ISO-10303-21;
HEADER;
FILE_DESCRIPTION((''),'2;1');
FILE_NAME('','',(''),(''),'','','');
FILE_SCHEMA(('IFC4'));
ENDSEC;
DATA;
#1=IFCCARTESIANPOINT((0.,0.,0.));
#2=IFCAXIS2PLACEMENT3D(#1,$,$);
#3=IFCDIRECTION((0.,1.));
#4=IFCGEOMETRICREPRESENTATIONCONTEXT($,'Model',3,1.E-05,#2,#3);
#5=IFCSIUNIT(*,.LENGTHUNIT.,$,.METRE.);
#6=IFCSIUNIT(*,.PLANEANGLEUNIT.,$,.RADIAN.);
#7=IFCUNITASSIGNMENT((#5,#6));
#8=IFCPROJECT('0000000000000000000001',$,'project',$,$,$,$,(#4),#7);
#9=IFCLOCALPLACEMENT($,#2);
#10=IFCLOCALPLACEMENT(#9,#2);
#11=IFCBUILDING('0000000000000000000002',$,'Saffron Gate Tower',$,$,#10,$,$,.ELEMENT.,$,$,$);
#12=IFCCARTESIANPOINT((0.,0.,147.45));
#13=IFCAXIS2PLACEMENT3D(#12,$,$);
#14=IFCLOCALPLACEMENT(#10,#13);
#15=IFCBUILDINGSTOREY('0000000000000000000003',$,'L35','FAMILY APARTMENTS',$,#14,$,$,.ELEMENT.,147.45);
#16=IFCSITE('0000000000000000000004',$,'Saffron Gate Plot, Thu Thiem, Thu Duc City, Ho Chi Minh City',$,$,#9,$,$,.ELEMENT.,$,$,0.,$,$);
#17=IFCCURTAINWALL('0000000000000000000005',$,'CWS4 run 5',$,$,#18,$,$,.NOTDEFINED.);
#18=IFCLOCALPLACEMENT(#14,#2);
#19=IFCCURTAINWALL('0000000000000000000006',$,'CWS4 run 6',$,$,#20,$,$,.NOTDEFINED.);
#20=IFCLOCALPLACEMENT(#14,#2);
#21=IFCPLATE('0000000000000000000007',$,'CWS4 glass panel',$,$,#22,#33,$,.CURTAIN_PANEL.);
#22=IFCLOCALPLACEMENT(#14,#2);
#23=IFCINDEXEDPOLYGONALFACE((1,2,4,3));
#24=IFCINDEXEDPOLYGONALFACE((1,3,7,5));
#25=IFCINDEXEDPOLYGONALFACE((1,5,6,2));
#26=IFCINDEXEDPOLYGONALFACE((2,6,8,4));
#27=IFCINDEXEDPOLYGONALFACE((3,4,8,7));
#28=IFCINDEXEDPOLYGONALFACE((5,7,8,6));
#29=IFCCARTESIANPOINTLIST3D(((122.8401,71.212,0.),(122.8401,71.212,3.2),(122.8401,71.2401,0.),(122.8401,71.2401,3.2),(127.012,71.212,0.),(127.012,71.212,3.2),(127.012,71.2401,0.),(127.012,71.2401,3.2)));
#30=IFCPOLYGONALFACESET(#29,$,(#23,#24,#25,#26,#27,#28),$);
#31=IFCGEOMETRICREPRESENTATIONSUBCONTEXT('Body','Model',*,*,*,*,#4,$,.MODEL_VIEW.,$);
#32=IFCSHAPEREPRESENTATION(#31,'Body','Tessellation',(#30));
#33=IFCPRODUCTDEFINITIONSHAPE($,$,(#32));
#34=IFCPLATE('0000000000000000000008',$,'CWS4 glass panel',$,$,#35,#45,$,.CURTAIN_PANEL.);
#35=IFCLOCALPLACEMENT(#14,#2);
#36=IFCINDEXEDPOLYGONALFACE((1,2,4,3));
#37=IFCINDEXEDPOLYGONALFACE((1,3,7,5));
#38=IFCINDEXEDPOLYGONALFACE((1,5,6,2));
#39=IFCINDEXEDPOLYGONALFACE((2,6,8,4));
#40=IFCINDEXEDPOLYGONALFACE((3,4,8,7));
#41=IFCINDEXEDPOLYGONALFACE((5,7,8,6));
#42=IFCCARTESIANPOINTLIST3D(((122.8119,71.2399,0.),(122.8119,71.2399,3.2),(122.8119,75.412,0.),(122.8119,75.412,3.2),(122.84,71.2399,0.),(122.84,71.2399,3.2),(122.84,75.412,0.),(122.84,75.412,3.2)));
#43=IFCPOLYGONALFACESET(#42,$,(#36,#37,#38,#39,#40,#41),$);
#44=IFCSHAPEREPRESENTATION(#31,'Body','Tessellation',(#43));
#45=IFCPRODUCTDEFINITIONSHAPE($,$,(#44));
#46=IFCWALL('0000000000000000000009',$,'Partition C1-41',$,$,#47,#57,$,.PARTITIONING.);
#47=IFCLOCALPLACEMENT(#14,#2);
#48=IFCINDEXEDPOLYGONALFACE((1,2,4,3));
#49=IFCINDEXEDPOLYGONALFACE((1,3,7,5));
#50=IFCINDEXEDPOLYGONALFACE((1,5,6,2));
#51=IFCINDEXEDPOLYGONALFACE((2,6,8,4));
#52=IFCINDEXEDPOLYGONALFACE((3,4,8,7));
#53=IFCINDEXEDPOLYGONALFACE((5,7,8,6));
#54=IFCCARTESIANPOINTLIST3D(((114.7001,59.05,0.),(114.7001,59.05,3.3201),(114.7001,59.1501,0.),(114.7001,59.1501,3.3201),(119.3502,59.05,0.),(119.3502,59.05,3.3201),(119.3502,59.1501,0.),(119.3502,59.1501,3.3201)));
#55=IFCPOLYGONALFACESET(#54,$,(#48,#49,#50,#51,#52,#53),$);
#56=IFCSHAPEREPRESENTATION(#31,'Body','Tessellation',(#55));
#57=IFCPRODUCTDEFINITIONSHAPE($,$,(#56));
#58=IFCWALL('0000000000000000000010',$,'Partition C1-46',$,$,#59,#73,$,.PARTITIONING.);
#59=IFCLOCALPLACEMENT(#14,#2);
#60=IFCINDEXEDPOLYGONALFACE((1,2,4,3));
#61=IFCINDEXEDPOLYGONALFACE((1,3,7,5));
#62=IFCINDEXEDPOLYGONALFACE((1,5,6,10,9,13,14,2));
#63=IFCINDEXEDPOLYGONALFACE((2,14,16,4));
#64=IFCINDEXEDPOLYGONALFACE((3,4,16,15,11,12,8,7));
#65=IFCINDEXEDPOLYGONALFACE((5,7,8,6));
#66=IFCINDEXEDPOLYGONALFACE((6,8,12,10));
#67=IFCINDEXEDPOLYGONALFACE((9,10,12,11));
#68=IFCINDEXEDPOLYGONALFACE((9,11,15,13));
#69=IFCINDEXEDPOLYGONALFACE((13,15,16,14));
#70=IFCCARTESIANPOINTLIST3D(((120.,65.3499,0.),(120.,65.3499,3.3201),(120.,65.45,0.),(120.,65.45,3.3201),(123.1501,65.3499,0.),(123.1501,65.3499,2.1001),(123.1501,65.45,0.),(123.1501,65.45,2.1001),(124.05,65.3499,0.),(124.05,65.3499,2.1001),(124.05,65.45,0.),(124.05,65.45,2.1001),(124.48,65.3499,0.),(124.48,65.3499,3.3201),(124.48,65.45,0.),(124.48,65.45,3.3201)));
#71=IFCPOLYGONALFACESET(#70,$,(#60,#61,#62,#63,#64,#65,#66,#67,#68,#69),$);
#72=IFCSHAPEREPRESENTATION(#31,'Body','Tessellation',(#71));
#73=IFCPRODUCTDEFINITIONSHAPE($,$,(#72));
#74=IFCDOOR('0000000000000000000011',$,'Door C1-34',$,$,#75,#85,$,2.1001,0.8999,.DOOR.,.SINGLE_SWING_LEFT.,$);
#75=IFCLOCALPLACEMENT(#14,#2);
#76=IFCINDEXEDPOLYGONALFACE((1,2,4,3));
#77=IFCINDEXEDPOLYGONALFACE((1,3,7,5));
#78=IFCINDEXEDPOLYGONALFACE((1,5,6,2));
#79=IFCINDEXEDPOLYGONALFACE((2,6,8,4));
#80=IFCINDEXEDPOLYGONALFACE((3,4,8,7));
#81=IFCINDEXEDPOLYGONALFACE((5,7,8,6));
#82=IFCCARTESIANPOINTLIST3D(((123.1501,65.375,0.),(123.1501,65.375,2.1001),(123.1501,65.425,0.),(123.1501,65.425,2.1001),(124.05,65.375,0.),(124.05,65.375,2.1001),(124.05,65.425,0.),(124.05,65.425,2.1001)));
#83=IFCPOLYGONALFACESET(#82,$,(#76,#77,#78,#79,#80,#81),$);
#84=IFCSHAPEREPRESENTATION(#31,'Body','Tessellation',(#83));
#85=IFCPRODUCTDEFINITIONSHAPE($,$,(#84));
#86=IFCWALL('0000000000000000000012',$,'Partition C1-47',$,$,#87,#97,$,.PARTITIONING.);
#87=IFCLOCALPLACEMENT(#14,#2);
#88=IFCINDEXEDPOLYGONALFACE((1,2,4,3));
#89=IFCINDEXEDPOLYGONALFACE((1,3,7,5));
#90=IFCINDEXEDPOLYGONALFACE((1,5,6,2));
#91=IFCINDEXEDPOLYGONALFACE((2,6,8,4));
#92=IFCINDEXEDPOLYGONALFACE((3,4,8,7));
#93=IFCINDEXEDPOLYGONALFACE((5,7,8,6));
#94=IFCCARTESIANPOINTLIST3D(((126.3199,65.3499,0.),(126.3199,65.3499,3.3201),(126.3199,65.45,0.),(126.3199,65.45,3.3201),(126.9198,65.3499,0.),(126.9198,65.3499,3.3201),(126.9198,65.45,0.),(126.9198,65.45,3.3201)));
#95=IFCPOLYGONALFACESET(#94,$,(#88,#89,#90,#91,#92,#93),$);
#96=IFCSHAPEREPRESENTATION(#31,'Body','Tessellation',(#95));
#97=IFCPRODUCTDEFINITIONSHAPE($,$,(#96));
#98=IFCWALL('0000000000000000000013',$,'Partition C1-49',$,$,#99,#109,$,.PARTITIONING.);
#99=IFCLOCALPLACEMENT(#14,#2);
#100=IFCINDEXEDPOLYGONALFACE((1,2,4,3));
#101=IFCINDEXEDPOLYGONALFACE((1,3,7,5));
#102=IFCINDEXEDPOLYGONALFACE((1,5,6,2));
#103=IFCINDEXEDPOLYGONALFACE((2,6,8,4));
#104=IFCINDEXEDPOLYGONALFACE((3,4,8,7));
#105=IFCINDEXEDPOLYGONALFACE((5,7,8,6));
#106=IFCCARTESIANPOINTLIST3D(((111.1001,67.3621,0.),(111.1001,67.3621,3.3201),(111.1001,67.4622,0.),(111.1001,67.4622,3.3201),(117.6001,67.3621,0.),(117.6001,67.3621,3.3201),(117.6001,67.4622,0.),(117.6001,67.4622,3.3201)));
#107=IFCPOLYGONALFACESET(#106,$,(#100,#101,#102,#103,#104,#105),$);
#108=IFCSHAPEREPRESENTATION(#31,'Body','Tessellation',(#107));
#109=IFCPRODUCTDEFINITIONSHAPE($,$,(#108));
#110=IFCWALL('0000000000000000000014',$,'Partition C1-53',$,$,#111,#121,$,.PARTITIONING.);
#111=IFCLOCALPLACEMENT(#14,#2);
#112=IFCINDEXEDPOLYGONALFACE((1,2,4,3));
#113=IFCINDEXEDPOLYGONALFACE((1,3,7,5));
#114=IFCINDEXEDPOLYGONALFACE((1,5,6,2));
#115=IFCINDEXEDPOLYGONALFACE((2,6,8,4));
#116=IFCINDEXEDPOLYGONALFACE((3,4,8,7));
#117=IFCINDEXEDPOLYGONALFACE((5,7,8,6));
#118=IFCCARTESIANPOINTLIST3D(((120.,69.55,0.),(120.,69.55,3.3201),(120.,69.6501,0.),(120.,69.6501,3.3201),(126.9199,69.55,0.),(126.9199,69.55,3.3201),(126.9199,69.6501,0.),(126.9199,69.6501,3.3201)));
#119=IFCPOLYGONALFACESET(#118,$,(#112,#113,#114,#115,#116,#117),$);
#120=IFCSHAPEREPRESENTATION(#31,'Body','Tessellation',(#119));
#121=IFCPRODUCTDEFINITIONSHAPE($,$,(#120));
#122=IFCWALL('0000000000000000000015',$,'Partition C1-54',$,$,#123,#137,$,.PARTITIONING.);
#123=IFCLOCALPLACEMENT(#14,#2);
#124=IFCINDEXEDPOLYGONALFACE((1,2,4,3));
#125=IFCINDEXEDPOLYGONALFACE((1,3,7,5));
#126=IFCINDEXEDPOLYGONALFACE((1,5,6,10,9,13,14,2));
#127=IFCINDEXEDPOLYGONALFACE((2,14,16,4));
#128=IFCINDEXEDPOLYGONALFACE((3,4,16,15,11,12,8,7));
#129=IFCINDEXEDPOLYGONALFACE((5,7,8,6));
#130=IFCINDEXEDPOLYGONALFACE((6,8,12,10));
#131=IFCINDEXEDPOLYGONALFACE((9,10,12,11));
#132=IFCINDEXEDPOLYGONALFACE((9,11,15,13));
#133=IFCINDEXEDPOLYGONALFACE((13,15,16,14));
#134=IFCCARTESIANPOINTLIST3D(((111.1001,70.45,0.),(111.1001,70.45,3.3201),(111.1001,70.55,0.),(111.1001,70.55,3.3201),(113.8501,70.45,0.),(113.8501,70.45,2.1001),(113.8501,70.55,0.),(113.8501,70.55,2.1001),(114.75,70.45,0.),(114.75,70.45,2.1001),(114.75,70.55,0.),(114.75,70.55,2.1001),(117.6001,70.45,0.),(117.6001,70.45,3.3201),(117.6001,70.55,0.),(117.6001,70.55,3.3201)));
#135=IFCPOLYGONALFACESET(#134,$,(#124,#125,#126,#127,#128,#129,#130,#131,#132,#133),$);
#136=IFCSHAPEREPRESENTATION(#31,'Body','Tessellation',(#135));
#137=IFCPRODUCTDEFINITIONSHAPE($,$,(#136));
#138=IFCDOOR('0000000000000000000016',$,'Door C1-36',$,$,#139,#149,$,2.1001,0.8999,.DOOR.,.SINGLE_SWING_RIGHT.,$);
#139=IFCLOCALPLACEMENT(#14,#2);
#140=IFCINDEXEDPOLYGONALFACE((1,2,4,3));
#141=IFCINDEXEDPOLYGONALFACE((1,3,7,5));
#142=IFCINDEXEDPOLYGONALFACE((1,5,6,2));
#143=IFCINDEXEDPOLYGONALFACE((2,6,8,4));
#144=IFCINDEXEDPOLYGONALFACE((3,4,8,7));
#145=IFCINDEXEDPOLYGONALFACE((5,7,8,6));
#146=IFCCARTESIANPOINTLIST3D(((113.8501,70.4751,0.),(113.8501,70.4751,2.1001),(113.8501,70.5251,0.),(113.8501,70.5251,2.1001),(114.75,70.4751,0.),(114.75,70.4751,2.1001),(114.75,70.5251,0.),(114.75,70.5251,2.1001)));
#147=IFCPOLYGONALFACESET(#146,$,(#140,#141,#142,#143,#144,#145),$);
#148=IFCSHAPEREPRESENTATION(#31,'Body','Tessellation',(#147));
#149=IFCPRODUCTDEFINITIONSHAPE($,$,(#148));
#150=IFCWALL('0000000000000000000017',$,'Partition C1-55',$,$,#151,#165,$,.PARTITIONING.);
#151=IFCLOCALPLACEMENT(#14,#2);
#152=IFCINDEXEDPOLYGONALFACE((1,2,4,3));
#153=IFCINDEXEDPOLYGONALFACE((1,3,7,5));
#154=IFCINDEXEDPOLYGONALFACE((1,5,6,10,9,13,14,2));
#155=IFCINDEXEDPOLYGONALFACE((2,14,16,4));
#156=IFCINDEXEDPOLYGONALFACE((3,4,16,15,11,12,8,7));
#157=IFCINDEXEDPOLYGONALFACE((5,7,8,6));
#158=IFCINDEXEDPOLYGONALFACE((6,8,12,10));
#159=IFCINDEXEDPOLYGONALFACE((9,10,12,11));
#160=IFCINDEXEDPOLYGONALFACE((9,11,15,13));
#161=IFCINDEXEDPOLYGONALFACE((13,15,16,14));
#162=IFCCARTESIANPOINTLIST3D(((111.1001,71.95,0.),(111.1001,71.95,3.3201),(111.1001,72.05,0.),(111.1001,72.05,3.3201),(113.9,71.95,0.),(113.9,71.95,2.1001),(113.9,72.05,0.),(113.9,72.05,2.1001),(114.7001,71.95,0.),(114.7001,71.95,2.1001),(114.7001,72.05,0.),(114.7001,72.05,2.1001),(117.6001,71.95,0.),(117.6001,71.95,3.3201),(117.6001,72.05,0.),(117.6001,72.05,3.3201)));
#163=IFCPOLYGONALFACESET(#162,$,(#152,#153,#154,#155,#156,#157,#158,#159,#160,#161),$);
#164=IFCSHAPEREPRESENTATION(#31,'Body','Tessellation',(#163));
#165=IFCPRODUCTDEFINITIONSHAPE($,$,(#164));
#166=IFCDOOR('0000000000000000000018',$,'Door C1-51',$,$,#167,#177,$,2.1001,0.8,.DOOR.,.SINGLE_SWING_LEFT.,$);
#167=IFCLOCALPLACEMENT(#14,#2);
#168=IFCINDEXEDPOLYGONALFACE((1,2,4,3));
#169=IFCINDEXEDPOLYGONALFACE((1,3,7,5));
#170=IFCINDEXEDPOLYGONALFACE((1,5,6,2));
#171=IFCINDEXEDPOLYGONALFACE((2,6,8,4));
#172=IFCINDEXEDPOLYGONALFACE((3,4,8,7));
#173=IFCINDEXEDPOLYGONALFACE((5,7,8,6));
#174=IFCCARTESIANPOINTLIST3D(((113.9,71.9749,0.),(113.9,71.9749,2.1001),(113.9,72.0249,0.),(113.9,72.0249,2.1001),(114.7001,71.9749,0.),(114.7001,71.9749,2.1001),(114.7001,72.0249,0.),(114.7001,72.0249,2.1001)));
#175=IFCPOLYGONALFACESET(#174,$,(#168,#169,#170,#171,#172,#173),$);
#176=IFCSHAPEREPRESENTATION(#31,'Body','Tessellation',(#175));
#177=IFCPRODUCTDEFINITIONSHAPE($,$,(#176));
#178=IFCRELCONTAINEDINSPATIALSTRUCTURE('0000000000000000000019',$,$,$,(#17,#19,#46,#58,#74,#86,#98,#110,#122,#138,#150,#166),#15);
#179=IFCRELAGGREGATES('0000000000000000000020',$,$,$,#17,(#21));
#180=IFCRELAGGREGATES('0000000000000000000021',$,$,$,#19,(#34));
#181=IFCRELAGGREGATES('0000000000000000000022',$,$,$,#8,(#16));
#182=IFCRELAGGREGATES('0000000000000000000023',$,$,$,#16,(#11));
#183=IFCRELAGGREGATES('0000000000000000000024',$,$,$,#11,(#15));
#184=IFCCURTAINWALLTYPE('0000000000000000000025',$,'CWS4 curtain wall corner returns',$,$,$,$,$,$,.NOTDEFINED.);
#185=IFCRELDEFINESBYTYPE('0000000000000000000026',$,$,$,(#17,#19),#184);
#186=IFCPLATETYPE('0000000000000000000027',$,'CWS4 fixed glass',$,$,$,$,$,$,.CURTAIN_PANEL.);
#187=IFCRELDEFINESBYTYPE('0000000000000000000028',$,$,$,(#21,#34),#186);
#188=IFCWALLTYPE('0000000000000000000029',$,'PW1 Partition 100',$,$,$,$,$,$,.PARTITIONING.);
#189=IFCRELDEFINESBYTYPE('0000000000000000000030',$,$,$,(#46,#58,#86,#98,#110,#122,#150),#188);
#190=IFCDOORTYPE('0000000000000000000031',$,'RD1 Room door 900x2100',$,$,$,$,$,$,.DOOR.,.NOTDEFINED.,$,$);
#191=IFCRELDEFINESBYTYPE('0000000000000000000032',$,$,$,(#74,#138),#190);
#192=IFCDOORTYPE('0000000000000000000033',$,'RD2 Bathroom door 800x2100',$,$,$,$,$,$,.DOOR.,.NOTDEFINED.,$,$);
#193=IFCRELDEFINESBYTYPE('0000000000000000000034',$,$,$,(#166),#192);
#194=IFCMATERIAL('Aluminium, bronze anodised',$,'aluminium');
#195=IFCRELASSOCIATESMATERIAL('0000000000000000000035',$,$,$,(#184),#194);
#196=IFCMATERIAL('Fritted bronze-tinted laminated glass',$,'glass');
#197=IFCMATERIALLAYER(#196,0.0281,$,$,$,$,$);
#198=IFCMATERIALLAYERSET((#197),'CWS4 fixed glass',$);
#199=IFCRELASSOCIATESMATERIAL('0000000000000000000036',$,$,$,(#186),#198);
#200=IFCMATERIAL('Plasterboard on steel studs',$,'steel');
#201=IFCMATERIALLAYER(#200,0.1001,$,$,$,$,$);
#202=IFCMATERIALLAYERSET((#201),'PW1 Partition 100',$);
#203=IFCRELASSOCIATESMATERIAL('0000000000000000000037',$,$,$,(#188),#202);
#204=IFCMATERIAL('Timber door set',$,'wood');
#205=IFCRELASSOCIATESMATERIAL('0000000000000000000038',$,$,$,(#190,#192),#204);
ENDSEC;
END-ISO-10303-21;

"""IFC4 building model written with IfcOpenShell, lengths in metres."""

from ifc_helpers import new_model, si_unit, direction, frame, frame_2d, origin, place, context, subcontext, project, spatial, rectangle, extrude, material, layer, layer_set, type_object, element, fill, aggregate, save


model = new_model("IFC4")

# Units and contexts
model_context = context("Model", 3, precision=1e-05, world=origin(), true_north=direction((0.0, 1.0)))
body_context = subcontext(model_context, "Body", "Model", "MODEL_VIEW")
ifc_project = project(units=[si_unit("LENGTHUNIT", "METRE"), si_unit("PLANEANGLEUNIT", "RADIAN")], contexts=[model_context])

# Site, building, storey
site_placement = place(None, origin())
site = spatial("IfcSite", under=ifc_project, at=site_placement, Name="Saffron Gate Plot, Thu Thiem, Thu Duc City, Ho Chi Minh City", CompositionType="ELEMENT", RefElevation=0.0)
building_placement = place(site_placement, origin())
building = spatial("IfcBuilding", under=site, at=building_placement, Name="Saffron Gate Tower", CompositionType="ELEMENT")
storey_placement = place(building_placement, frame((0.0, 0.0, 147.45)))
storey = spatial("IfcBuildingStorey", under=building, at=storey_placement, Name="L35", Description="FAMILY APARTMENTS", CompositionType="ELEMENT", Elevation=147.45)

# Shared definitions
ifc_material_1 = material(Name="Aluminium, bronze anodised", Category="aluminium")

# Curtain wall
curtain_wall_type_1 = type_object("IfcCurtainWallType", Name="CWS4 curtain wall corner returns", PredefinedType="NOTDEFINED", material=ifc_material_1)
curtain_wall_1_placement = place(storey_placement, origin())
curtain_wall_1 = element("IfcCurtainWall", 1, at=curtain_wall_1_placement, inside=storey, type_object=curtain_wall_type_1, Name="CWS4 run 5", PredefinedType="NOTDEFINED")

# Curtain wall
curtain_wall_2_placement = place(storey_placement, origin())
curtain_wall_2 = element("IfcCurtainWall", 2, at=curtain_wall_2_placement, inside=storey, type_object=curtain_wall_type_1, Name="CWS4 run 6", PredefinedType="NOTDEFINED")

# Plates
ifc_material_2 = material(Name="Fritted bronze-tinted laminated glass", Category="glass")
ifc_layer_1 = layer(ifc_material_2, 0.0281)
ifc_layer_set_1 = layer_set([ifc_layer_1], Name="CWS4 fixed glass")
plate_type = type_object("IfcPlateType", Name="CWS4 fixed glass", PredefinedType="CURTAIN_PANEL", material=ifc_layer_set_1)
plate_1_placement = place(storey_placement, frame((127.012, 71.2261, 0.0), z_axis=(0.0, 0.0, 1.0), x_axis=(-1.0, 0.0, 0.0)))
plate_1 = element("IfcPlate", 3, at=plate_1_placement, type_object=plate_type, Name="CWS4 glass panel", PredefinedType="CURTAIN_PANEL", context=body_context, shape_type="SweptSolid", body=[
    extrude(rectangle(XDim=4.1719, YDim=0.0281, at=frame_2d((2.0859, 0.0))), origin(), (0.0, 0.0, 1.0), 3.2),
])
aggregate(curtain_wall_1, [plate_1])
plate_2_placement = place(storey_placement, frame((122.8259, 71.24, 0.0), z_axis=(0.0, 0.0, 1.0), x_axis=(0.0, 1.0, 0.0)))
plate_2 = element("IfcPlate", 4, at=plate_2_placement, type_object=plate_type, Name="CWS4 glass panel", PredefinedType="CURTAIN_PANEL", context=body_context, shape_type="SweptSolid", body=[
    extrude(rectangle(XDim=4.1721, YDim=0.0281, at=frame_2d((2.0859, 0.0))), origin(), (0.0, 0.0, 1.0), 3.2),
])
aggregate(curtain_wall_2, [plate_2])

# Wall
ifc_material_3 = material(Name="Plasterboard on steel studs", Category="steel")
ifc_layer_2 = layer(ifc_material_3, 0.1001)
ifc_layer_set_2 = layer_set([ifc_layer_2], Name="PW1 Partition 100")
wall_type_1 = type_object("IfcWallType", Name="PW1 Partition 100", PredefinedType="PARTITIONING", material=ifc_layer_set_2)
wall_1_placement = place(storey_placement, frame((114.7, 59.1001, 0.0), z_axis=(0.0, 0.0, 1.0), x_axis=(1.0, 0.0, 0.0)))
element("IfcWall", 5, at=wall_1_placement, inside=storey, type_object=wall_type_1, Name="Partition C1-41", PredefinedType="PARTITIONING", context=body_context, shape_type="SweptSolid", body=[
    extrude(rectangle(XDim=4.6501, YDim=0.1001, at=frame_2d((2.3252, 0.0))), origin(), (0.0, 0.0, 1.0), 3.3201),
])

# Wall, opening, door
wall_2_placement = place(storey_placement, frame((124.48, 65.3999, 0.0), z_axis=(0.0, 0.0, 1.0), x_axis=(-1.0, 0.0, 0.0)))
wall_2 = element("IfcWall", 6, at=wall_2_placement, inside=storey, type_object=wall_type_1, Name="Partition C1-46", PredefinedType="PARTITIONING", context=body_context, shape_type="SweptSolid", body=[
    extrude(rectangle(XDim=4.48, YDim=0.1001, at=frame_2d((2.24, 0.0))), origin(), (0.0, 0.0, 1.0), 3.3201),
])
opening_1_placement = place(wall_2_placement, frame((0.4299, 0.0, 0.0)))
opening_1 = element("IfcOpeningElement", 7, at=opening_1_placement, cuts=wall_2, PredefinedType="OPENING", context=body_context, shape_type="SweptSolid", body=[
    extrude(rectangle(XDim=0.8999, YDim=2.1001, at=frame_2d((0.45, 1.05))), frame((0.0, 0.0601, 0.0), z_axis=(0.0, -1.0, 0.0), x_axis=(1.0, 0.0, 0.0)), (0.0, 0.0, 1.0), 0.1201),
])
ifc_material_4 = material(Name="Timber door set", Category="wood")
door_type_1 = type_object("IfcDoorType", Name="RD1 Room door 900x2100", OperationType="NOTDEFINED", PredefinedType="DOOR", material=ifc_material_4)
door_1_placement = place(opening_1_placement, origin())
door_1 = element("IfcDoor", 8, at=door_1_placement, inside=storey, type_object=door_type_1, Name="Door C1-34", OperationType="SINGLE_SWING_LEFT", OverallHeight=2.1001, OverallWidth=0.8999, PredefinedType="DOOR", context=body_context, shape_type="SweptSolid", body=[
    extrude(rectangle(XDim=0.8999, YDim=2.1001, at=frame_2d((0.45, 1.05))), frame((0.0, 0.0249, 0.0), z_axis=(0.0, -1.0, 0.0), x_axis=(1.0, 0.0, 0.0)), (0.0, 0.0, 1.0), 0.05),
])
fill(opening_1, door_1)

# Walls
wall_3_placement = place(storey_placement, frame((126.3201, 65.3999, 0.0), z_axis=(0.0, 0.0, 1.0), x_axis=(1.0, 0.0, 0.0)))
element("IfcWall", 9, at=wall_3_placement, inside=storey, type_object=wall_type_1, Name="Partition C1-47", PredefinedType="PARTITIONING", context=body_context, shape_type="SweptSolid", body=[
    extrude(rectangle(XDim=0.5999, YDim=0.1001, at=frame_2d((0.2998, 0.0))), origin(), (0.0, 0.0, 1.0), 3.3201),
])
wall_4_placement = place(storey_placement, frame((111.1001, 67.4121, 0.0), z_axis=(0.0, 0.0, 1.0), x_axis=(1.0, 0.0, 0.0)))
element("IfcWall", 10, at=wall_4_placement, inside=storey, type_object=wall_type_1, Name="Partition C1-49", PredefinedType="PARTITIONING", context=body_context, shape_type="SweptSolid", body=[
    extrude(rectangle(XDim=6.5, YDim=0.1001, at=frame_2d((3.25, 0.0))), origin(), (0.0, 0.0, 1.0), 3.3201),
])
wall_5_placement = place(storey_placement, frame((120.0, 69.6001, 0.0), z_axis=(0.0, 0.0, 1.0), x_axis=(1.0, 0.0, 0.0)))
element("IfcWall", 11, at=wall_5_placement, inside=storey, type_object=wall_type_1, Name="Partition C1-53", PredefinedType="PARTITIONING", context=body_context, shape_type="SweptSolid", body=[
    extrude(rectangle(XDim=6.9199, YDim=0.1001, at=frame_2d((3.46, 0.0))), origin(), (0.0, 0.0, 1.0), 3.3201),
])

# Walls, openings, doors
wall_6_placement = place(storey_placement, frame((117.6001, 70.5, 0.0), z_axis=(0.0, 0.0, 1.0), x_axis=(-1.0, 0.0, 0.0)))
wall_6 = element("IfcWall", 12, at=wall_6_placement, inside=storey, type_object=wall_type_1, Name="Partition C1-54", PredefinedType="PARTITIONING", context=body_context, shape_type="SweptSolid", body=[
    extrude(rectangle(XDim=6.5, YDim=0.1001, at=frame_2d((3.25, 0.0))), origin(), (0.0, 0.0, 1.0), 3.3201),
])
opening_2_placement = place(wall_6_placement, frame((2.8501, 0.0, 0.0)))
opening_2 = element("IfcOpeningElement", 13, at=opening_2_placement, cuts=wall_6, PredefinedType="OPENING", context=body_context, shape_type="SweptSolid", body=[
    extrude(rectangle(XDim=0.8999, YDim=2.1001, at=frame_2d((0.45, 1.05))), frame((0.0, 0.0601, 0.0), z_axis=(0.0, -1.0, 0.0), x_axis=(1.0, 0.0, 0.0)), (0.0, 0.0, 1.0), 0.1201),
])
door_2_placement = place(opening_2_placement, origin())
door_2 = element("IfcDoor", 14, at=door_2_placement, inside=storey, type_object=door_type_1, Name="Door C1-36", OperationType="SINGLE_SWING_RIGHT", OverallHeight=2.1001, OverallWidth=0.8999, PredefinedType="DOOR", context=body_context, shape_type="SweptSolid", body=[
    extrude(rectangle(XDim=0.8999, YDim=2.1001, at=frame_2d((0.45, 1.05))), frame((0.0, 0.0249, 0.0), z_axis=(0.0, -1.0, 0.0), x_axis=(1.0, 0.0, 0.0)), (0.0, 0.0, 1.0), 0.05),
])
fill(opening_2, door_2)
wall_7_placement = place(storey_placement, frame((111.1001, 72.0, 0.0), z_axis=(0.0, 0.0, 1.0), x_axis=(1.0, 0.0, 0.0)))
wall_7 = element("IfcWall", 15, at=wall_7_placement, inside=storey, type_object=wall_type_1, Name="Partition C1-55", PredefinedType="PARTITIONING", context=body_context, shape_type="SweptSolid", body=[
    extrude(rectangle(XDim=6.5, YDim=0.1001, at=frame_2d((3.25, 0.0))), origin(), (0.0, 0.0, 1.0), 3.3201),
])
opening_3_placement = place(wall_7_placement, frame((2.8, 0.0, 0.0)))
opening_3 = element("IfcOpeningElement", 16, at=opening_3_placement, cuts=wall_7, PredefinedType="OPENING", context=body_context, shape_type="SweptSolid", body=[
    extrude(rectangle(XDim=0.8, YDim=2.1001, at=frame_2d((0.3999, 1.05))), frame((0.0, 0.0601, 0.0), z_axis=(0.0, -1.0, 0.0), x_axis=(1.0, 0.0, 0.0)), (0.0, 0.0, 1.0), 0.1201),
])
door_type_2 = type_object("IfcDoorType", Name="RD2 Bathroom door 800x2100", OperationType="NOTDEFINED", PredefinedType="DOOR", material=ifc_material_4)
door_3_placement = place(opening_3_placement, origin())
door_3 = element("IfcDoor", 17, at=door_3_placement, inside=storey, type_object=door_type_2, Name="Door C1-51", OperationType="SINGLE_SWING_LEFT", OverallHeight=2.1001, OverallWidth=0.8, PredefinedType="DOOR", context=body_context, shape_type="SweptSolid", body=[
    extrude(rectangle(XDim=0.8, YDim=2.1001, at=frame_2d((0.3999, 1.05))), frame((0.0, 0.0249, 0.0), z_axis=(0.0, -1.0, 0.0), x_axis=(1.0, 0.0, 0.0)), (0.0, 0.0, 1.0), 0.05),
])
fill(opening_3, door_3)

save(model, "model.ifc")
